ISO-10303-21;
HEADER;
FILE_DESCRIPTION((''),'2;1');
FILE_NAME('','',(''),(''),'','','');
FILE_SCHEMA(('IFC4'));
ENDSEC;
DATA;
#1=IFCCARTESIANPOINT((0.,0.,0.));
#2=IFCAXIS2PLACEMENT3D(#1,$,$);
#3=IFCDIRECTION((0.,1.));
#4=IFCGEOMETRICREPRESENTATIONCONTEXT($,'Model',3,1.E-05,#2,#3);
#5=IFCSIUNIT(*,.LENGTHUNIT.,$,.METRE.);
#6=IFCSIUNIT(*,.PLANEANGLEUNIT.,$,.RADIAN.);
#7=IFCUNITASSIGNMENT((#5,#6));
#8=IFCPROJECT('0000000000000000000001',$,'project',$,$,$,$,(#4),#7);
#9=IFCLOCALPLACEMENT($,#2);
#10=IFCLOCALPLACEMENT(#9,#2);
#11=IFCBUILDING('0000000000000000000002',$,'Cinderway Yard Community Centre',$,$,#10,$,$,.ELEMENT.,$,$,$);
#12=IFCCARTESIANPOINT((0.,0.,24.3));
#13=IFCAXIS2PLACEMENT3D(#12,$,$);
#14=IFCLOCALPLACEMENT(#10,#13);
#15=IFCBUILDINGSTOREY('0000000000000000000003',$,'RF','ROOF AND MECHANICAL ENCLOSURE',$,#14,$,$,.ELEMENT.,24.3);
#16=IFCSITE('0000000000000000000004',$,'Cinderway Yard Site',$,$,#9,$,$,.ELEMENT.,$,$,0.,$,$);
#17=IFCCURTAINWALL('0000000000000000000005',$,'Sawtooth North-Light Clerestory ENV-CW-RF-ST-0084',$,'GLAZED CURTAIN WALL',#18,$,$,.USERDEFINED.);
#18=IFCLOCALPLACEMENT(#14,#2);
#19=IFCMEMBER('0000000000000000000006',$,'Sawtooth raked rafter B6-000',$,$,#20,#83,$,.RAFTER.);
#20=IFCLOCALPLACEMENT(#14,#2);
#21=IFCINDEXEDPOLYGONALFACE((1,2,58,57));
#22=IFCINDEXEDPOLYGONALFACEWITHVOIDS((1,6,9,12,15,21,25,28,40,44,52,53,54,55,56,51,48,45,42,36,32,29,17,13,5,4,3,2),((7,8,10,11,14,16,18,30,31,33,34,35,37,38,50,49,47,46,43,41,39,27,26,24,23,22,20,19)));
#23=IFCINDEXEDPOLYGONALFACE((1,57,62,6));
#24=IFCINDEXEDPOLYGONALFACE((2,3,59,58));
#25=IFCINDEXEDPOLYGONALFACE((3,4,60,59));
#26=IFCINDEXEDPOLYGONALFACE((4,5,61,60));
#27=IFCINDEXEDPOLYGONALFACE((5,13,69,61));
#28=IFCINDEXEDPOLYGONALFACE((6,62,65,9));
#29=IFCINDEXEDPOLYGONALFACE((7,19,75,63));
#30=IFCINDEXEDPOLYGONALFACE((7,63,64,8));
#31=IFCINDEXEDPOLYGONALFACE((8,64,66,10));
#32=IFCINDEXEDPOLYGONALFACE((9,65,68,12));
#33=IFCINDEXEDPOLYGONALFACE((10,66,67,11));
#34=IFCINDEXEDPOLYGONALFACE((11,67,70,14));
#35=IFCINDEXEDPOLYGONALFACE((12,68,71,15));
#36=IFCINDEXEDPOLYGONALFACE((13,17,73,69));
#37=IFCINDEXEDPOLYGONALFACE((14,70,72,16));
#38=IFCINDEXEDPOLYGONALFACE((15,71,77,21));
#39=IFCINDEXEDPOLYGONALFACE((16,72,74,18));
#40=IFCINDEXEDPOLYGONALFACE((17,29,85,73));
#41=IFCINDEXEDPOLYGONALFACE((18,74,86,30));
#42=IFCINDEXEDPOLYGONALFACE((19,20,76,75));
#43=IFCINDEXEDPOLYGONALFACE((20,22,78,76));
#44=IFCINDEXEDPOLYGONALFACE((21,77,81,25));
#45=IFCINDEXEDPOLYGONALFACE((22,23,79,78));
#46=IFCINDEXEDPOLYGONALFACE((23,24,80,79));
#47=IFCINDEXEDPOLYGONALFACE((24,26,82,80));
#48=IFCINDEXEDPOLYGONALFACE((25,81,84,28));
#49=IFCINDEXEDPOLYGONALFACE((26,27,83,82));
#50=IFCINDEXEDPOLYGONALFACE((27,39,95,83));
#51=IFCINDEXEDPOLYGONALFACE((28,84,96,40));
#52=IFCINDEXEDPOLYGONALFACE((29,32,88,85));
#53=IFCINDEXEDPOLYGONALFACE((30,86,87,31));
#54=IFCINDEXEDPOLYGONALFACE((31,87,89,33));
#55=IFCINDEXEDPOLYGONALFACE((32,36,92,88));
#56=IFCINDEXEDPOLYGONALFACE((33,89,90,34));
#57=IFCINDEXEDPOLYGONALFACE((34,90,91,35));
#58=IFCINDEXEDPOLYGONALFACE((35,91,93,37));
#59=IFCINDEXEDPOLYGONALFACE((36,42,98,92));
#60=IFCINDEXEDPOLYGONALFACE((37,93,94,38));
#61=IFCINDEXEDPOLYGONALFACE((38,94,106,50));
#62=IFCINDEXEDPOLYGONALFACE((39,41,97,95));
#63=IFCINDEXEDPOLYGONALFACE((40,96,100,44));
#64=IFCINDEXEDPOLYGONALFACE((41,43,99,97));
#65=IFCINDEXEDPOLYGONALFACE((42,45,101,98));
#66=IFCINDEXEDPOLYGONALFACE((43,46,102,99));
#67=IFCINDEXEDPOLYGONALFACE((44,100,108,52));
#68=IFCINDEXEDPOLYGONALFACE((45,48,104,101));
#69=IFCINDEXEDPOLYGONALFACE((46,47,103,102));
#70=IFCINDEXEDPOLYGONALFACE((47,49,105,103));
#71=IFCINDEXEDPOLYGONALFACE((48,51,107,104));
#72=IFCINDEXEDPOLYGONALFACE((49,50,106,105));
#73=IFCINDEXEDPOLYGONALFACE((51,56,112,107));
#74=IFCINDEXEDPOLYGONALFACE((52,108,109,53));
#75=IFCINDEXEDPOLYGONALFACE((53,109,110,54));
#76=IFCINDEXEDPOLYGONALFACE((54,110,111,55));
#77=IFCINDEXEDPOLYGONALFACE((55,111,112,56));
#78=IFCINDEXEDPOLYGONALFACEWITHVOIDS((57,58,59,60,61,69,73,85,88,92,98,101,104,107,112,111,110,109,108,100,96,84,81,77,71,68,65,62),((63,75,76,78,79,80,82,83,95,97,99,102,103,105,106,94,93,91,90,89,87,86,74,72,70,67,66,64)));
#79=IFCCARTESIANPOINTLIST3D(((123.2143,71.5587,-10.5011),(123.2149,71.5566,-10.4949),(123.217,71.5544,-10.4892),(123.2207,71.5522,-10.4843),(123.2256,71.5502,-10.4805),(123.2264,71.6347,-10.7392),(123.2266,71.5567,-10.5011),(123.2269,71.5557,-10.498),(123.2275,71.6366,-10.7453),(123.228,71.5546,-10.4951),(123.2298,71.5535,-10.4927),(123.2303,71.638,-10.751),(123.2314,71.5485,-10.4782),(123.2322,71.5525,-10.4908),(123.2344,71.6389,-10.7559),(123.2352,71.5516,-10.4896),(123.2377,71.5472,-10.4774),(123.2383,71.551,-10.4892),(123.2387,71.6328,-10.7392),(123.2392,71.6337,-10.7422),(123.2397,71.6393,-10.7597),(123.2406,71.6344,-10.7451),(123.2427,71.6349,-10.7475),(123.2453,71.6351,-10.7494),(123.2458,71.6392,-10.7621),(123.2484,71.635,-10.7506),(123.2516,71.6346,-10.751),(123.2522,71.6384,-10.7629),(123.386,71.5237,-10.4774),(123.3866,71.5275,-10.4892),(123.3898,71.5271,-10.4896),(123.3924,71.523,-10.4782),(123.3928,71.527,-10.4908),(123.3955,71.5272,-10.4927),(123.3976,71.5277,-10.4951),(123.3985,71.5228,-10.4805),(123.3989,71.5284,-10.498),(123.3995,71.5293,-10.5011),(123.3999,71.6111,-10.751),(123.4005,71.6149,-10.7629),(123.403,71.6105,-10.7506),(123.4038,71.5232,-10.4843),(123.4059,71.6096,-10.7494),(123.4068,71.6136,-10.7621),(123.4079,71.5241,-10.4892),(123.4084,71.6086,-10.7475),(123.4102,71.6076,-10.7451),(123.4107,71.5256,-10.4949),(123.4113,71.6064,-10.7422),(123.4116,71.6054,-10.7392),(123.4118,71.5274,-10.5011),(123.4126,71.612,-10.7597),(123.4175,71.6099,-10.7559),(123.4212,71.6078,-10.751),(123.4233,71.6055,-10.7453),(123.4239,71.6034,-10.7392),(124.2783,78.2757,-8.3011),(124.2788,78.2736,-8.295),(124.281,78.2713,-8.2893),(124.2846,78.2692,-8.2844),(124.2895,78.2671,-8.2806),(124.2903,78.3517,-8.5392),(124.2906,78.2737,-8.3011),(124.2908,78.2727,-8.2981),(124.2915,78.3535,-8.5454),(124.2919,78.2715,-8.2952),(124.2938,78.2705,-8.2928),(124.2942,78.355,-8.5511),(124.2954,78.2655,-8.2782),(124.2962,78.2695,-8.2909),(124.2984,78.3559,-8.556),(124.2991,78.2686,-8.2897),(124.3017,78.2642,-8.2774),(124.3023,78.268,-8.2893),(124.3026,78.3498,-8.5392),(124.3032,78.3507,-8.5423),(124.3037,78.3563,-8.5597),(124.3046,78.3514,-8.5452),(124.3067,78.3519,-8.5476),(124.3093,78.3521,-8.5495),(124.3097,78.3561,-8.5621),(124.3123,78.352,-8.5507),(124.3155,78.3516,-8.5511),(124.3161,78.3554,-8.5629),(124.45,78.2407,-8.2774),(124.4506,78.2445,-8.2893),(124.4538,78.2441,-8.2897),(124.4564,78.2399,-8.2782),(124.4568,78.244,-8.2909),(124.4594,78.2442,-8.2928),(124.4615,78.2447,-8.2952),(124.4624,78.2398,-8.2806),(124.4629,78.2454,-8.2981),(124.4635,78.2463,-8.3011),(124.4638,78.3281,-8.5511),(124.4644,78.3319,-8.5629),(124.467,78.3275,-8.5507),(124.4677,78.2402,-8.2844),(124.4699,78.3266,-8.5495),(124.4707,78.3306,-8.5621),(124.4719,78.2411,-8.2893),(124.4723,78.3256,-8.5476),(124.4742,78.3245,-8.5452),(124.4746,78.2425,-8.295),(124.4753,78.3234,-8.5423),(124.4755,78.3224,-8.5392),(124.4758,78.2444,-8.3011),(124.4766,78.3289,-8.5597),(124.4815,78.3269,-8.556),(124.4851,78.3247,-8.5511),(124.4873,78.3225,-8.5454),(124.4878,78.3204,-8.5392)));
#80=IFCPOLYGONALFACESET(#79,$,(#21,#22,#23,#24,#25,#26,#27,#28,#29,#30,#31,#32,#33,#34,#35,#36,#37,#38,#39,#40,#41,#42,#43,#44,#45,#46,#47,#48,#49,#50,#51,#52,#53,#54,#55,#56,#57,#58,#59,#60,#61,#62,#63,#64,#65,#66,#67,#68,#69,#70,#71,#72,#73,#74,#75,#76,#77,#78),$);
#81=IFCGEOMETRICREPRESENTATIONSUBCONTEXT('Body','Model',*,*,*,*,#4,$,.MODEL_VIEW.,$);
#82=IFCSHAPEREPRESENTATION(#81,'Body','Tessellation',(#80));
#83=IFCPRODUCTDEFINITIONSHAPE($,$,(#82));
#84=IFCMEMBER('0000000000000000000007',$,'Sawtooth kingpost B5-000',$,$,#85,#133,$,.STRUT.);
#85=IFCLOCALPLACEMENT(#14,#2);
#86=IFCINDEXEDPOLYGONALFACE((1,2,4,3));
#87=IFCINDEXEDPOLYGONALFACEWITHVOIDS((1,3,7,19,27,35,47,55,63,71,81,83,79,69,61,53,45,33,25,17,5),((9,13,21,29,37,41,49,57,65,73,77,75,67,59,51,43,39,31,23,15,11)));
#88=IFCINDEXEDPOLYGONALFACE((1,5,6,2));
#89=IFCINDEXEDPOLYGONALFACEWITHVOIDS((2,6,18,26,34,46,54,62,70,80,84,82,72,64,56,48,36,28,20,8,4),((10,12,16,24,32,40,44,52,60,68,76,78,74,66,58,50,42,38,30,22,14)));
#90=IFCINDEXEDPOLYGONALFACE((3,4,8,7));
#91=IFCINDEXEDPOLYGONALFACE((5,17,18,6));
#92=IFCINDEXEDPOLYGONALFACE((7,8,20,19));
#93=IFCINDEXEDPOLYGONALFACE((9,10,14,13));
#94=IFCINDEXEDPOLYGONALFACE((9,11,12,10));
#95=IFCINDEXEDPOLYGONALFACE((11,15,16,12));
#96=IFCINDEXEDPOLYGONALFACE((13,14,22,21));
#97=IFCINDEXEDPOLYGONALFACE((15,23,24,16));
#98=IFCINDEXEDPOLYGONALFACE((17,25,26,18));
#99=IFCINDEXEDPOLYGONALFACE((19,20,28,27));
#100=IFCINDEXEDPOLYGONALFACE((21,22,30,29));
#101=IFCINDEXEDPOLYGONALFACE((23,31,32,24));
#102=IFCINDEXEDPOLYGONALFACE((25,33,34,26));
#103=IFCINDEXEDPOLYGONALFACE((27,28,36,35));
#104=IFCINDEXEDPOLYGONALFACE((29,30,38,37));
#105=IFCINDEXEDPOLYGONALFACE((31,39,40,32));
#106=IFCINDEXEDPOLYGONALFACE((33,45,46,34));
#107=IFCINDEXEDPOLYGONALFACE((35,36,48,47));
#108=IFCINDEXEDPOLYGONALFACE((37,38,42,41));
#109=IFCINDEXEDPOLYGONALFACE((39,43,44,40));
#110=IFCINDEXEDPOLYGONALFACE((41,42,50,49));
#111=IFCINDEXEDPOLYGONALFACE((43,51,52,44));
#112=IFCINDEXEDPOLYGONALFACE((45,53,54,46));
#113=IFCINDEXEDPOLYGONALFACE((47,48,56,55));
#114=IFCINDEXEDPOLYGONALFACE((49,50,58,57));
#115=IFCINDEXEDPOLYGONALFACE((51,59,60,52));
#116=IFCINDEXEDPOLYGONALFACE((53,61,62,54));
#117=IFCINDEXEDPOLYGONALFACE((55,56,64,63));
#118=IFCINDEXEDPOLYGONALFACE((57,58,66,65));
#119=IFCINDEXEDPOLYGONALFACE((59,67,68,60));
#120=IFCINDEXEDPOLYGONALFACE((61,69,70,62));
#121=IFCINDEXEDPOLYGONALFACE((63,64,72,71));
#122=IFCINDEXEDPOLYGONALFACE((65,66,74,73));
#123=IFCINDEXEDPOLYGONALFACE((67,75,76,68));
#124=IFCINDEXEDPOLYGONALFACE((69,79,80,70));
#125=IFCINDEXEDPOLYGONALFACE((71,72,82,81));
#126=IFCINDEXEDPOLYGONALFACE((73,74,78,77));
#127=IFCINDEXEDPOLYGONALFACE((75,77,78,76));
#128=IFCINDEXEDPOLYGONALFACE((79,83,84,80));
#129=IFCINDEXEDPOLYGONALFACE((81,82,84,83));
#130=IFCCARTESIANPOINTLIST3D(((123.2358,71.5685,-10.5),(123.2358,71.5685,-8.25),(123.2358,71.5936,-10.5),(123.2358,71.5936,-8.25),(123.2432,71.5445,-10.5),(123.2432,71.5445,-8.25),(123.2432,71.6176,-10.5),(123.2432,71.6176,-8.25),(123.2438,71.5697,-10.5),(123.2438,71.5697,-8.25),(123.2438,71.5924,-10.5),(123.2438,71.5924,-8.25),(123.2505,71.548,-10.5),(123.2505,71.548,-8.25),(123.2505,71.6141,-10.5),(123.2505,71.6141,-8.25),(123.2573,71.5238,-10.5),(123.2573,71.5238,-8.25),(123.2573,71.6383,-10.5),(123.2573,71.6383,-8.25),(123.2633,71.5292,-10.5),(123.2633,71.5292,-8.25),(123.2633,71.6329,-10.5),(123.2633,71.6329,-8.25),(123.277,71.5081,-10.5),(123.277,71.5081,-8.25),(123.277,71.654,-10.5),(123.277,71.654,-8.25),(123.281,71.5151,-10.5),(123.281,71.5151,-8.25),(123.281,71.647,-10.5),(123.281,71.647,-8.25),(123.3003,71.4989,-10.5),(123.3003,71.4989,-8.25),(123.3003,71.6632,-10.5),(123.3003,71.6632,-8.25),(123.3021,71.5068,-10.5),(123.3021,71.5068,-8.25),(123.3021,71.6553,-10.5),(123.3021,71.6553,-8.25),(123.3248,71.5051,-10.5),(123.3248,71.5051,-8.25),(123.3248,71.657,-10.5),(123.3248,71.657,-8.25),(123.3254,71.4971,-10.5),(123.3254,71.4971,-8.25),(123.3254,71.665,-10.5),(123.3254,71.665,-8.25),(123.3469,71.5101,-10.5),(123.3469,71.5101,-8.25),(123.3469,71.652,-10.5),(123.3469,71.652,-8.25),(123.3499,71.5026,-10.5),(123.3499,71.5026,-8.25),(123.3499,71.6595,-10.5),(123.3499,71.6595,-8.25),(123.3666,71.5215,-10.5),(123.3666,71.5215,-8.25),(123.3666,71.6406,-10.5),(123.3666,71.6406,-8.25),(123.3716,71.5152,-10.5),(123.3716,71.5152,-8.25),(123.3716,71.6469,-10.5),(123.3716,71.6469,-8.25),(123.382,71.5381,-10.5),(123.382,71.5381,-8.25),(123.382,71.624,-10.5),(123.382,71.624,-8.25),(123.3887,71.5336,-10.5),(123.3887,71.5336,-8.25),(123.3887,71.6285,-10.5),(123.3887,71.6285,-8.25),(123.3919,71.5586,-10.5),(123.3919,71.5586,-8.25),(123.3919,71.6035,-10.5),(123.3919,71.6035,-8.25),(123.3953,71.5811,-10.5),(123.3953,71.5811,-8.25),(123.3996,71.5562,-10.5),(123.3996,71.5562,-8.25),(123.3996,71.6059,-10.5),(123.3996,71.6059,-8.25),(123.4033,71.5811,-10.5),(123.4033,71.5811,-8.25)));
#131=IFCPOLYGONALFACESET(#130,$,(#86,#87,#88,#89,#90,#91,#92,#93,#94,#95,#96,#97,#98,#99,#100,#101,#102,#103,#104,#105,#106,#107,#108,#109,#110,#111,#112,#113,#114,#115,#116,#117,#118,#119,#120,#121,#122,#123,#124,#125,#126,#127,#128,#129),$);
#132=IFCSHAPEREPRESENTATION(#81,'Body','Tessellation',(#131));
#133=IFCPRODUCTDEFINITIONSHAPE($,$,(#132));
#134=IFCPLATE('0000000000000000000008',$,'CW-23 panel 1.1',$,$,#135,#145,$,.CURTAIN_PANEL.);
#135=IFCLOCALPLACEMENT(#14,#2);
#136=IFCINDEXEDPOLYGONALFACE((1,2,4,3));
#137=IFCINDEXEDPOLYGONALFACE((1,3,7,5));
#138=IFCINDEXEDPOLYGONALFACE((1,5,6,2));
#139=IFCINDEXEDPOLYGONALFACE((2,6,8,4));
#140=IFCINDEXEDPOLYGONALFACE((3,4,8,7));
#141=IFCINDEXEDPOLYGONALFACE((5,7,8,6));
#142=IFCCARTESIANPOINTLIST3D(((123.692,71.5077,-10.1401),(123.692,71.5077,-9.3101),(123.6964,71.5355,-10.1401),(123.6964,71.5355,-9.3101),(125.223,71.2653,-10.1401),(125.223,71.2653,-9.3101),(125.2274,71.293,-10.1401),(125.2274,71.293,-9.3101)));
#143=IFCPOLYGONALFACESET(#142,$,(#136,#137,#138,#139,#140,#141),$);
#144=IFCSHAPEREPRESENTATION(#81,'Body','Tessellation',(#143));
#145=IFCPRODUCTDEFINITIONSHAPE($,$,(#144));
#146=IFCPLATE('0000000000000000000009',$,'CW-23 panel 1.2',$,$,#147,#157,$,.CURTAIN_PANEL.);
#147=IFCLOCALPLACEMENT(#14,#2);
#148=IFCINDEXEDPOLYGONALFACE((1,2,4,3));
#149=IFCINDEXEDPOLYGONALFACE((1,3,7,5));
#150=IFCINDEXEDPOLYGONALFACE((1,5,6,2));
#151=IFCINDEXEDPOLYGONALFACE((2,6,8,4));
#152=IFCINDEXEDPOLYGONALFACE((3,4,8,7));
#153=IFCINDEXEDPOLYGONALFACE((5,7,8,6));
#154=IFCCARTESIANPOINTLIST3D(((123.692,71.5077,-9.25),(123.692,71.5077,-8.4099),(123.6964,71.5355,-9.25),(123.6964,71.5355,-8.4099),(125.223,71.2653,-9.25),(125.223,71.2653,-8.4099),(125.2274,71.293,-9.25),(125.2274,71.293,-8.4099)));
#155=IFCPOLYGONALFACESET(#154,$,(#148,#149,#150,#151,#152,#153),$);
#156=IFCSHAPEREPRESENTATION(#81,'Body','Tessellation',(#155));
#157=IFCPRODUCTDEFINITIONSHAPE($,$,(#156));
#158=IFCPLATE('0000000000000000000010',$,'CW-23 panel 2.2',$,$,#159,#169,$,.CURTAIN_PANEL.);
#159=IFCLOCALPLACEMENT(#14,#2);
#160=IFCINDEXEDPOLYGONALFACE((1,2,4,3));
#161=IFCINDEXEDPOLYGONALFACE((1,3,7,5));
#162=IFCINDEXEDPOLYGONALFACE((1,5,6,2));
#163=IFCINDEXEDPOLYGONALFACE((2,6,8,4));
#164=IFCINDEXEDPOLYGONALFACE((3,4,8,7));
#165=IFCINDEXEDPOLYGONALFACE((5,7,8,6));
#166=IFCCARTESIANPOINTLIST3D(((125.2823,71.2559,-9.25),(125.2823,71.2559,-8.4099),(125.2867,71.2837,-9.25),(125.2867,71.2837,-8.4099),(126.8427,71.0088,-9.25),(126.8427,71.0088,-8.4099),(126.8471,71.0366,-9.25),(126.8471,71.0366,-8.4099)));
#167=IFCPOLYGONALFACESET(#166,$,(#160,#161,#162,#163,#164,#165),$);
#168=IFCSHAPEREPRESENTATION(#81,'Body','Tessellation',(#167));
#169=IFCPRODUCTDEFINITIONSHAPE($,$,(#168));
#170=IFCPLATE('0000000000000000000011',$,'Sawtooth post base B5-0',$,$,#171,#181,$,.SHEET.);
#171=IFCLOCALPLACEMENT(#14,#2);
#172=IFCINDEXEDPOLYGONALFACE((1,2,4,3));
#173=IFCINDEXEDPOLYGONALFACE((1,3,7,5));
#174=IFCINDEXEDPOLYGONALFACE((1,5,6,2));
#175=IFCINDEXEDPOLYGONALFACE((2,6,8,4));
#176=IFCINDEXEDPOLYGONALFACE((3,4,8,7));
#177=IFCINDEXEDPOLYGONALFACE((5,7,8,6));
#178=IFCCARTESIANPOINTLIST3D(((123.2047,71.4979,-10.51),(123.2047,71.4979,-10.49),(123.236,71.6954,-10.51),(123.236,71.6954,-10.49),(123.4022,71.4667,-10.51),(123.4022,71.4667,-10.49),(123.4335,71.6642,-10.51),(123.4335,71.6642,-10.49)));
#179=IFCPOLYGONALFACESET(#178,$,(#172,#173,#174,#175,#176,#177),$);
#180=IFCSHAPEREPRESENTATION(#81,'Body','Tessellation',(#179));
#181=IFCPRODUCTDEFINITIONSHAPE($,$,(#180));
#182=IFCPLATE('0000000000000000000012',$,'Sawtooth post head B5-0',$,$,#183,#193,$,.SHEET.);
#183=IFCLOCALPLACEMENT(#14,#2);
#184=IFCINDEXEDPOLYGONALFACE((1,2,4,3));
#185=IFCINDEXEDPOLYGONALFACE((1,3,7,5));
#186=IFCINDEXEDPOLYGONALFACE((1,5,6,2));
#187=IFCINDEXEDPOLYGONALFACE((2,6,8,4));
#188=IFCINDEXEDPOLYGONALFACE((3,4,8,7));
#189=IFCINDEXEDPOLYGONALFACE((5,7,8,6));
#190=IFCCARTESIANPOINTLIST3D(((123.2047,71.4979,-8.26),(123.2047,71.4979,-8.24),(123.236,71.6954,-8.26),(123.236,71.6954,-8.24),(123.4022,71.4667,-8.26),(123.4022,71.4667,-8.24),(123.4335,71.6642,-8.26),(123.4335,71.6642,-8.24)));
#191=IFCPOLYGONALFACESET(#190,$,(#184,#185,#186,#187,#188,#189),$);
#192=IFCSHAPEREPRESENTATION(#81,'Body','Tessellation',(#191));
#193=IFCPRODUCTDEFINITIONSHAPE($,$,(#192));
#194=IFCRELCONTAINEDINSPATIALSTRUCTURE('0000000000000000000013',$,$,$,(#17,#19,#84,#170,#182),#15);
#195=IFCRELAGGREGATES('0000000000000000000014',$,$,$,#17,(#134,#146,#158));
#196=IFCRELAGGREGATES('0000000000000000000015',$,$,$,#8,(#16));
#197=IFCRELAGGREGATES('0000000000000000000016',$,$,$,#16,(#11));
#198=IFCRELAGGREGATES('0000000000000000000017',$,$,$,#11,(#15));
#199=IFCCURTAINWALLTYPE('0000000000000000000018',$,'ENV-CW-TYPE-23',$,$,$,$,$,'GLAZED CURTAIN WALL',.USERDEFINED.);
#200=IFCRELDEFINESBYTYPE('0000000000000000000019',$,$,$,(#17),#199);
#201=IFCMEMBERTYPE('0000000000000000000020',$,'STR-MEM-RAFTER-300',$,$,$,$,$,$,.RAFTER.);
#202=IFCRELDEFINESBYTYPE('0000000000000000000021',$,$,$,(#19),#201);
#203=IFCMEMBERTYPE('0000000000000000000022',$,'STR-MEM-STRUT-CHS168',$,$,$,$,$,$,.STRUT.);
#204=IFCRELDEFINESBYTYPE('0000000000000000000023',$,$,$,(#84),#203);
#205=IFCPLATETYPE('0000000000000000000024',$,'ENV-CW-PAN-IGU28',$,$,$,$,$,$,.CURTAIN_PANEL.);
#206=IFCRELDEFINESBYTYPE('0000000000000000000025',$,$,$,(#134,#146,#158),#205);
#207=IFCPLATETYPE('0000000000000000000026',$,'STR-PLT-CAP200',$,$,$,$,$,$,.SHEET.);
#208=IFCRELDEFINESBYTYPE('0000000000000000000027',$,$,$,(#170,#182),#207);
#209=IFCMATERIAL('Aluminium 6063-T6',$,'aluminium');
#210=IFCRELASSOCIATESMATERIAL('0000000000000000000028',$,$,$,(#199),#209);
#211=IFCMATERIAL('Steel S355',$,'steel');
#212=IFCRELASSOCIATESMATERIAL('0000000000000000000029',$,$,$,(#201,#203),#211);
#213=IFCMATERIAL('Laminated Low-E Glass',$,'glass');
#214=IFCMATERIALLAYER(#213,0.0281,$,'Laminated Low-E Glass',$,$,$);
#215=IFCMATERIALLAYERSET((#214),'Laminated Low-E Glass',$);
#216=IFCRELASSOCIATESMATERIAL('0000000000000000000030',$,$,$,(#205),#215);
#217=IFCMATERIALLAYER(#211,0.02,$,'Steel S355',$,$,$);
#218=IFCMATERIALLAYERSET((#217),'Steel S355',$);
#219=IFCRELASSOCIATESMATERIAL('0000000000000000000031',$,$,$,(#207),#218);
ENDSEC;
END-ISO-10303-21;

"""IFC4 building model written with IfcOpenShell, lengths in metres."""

from ifc_helpers import new_model, si_unit, direction, frame, origin, origin_2d, place, context, subcontext, project, spatial, rectangle, hollow_rectangle, hollow_circle, extrude, material, layer, layer_set, material_profile, profile_set, type_object, element, aggregate, save


model = new_model("IFC4")

# Units and contexts
model_context = context("Model", 3, precision=1e-05, world=origin(), true_north=direction((0.0, 1.0)))
body_context = subcontext(model_context, "Body", "Model", "MODEL_VIEW")
ifc_project = project(units=[si_unit("LENGTHUNIT", "METRE"), si_unit("PLANEANGLEUNIT", "RADIAN")], contexts=[model_context])

# Site, building, storey
site_placement = place(None, origin())
site = spatial("IfcSite", under=ifc_project, at=site_placement, Name="Cinderway Yard Site", CompositionType="ELEMENT", RefElevation=0.0)
building_placement = place(site_placement, origin())
building = spatial("IfcBuilding", under=site, at=building_placement, Name="Cinderway Yard Community Centre", CompositionType="ELEMENT")
storey_placement = place(building_placement, frame((0.0, 0.0, 24.3)))
storey = spatial("IfcBuildingStorey", under=building, at=storey_placement, Name="RF", Description="ROOF AND MECHANICAL ENCLOSURE", CompositionType="ELEMENT", Elevation=24.3)

# Shared definitions
ifc_material_1 = material(Name="Steel S355", Category="steel")

# Curtain wall
ifc_material_2 = material(Name="Aluminium 6063-T6", Category="aluminium")
curtain_wall_type = type_object("IfcCurtainWallType", Name="ENV-CW-TYPE-23", ElementType="GLAZED CURTAIN WALL", PredefinedType="USERDEFINED", material=ifc_material_2)
curtain_wall_placement = place(storey_placement, origin())
curtain_wall = element("IfcCurtainWall", 1, at=curtain_wall_placement, inside=storey, type_object=curtain_wall_type, Name="Sawtooth North-Light Clerestory ENV-CW-RF-ST-0084", ObjectType="GLAZED CURTAIN WALL", PredefinedType="USERDEFINED")

# Members
ifc_material_profile_1 = material_profile(ifc_material_1, hollow_rectangle(XDim=0.2, YDim=0.3, WallThickness=0.0125, InnerFilletRadius=0.0125, OuterFilletRadius=0.0249, at=origin_2d()), Name="Steel S355")
ifc_profile_set_1 = profile_set([ifc_material_profile_1], Name="Steel S355")
member_type_1 = type_object("IfcMemberType", Name="STR-MEM-RAFTER-300", PredefinedType="RAFTER", material=ifc_profile_set_1)
member_1_placement = place(storey_placement, frame((123.3191, 71.5811, -10.6201), z_axis=(0.148853, 0.939741, 0.307782), x_axis=(-0.987686, 0.156447, 0.0)))
element("IfcMember", 2, at=member_1_placement, inside=storey, type_object=member_type_1, Name="Sawtooth raked rafter B6-000", PredefinedType="RAFTER", context=body_context, shape_type="SweptSolid", body=[
    extrude(hollow_rectangle(XDim=0.2, YDim=0.3, WallThickness=0.0125, InnerFilletRadius=0.0125, OuterFilletRadius=0.0249, at=origin_2d()), origin(), (0.0, 0.0, 1.0), 7.1477),
])
ifc_material_profile_2 = material_profile(ifc_material_1, hollow_circle(Radius=0.0842, WallThickness=0.0081, at=origin_2d()), Name="Steel S355")
ifc_profile_set_2 = profile_set([ifc_material_profile_2], Name="Steel S355")
member_type_2 = type_object("IfcMemberType", Name="STR-MEM-STRUT-CHS168", PredefinedType="STRUT", material=ifc_profile_set_2)
member_2_placement = place(storey_placement, frame((123.3191, 71.5811, -10.5), z_axis=(0.0, 0.0, 1.0), x_axis=(1.0, 0.0, 0.0)))
element("IfcMember", 3, at=member_2_placement, inside=storey, type_object=member_type_2, Name="Sawtooth kingpost B5-000", PredefinedType="STRUT", context=body_context, shape_type="SweptSolid", body=[
    extrude(hollow_circle(Radius=0.0842, WallThickness=0.0081, at=origin_2d()), origin(), (0.0, 0.0, 1.0), 2.25),
])

# Plates
ifc_material_3 = material(Name="Laminated Low-E Glass", Category="glass")
ifc_layer_1 = layer(ifc_material_3, 0.0281, Name="Laminated Low-E Glass")
ifc_layer_set_1 = layer_set([ifc_layer_1], Name="Laminated Low-E Glass")
plate_type_1 = type_object("IfcPlateType", Name="ENV-CW-PAN-IGU28", PredefinedType="CURTAIN_PANEL", material=ifc_layer_set_1)
plate_1_placement = place(storey_placement, frame((124.4597, 71.4004, -10.1401), z_axis=(0.0, 0.0, 1.0), x_axis=(0.987692, -0.156409, 0.0)))
plate_1 = element("IfcPlate", 4, at=plate_1_placement, type_object=plate_type_1, Name="CW-23 panel 1.1", PredefinedType="CURTAIN_PANEL", context=body_context, shape_type="SweptSolid", body=[
    extrude(rectangle(XDim=1.55, YDim=0.0281, at=origin_2d()), origin(), (0.0, 0.0, 1.0), 0.8301),
])
plate_2_placement = place(storey_placement, frame((124.4597, 71.4004, -9.25), z_axis=(0.0, 0.0, 1.0), x_axis=(0.987692, -0.156409, 0.0)))
plate_2 = element("IfcPlate", 5, at=plate_2_placement, type_object=plate_type_1, Name="CW-23 panel 1.2", PredefinedType="CURTAIN_PANEL", context=body_context, shape_type="SweptSolid", body=[
    extrude(rectangle(XDim=1.55, YDim=0.0281, at=origin_2d()), origin(), (0.0, 0.0, 1.0), 0.8401),
])
plate_3_placement = place(storey_placement, frame((126.0647, 71.1462, -9.25), z_axis=(0.0, 0.0, 1.0), x_axis=(0.987692, -0.156409, 0.0)))
plate_3 = element("IfcPlate", 6, at=plate_3_placement, type_object=plate_type_1, Name="CW-23 panel 2.2", PredefinedType="CURTAIN_PANEL", context=body_context, shape_type="SweptSolid", body=[
    extrude(rectangle(XDim=1.5798, YDim=0.0281, at=origin_2d()), origin(), (0.0, 0.0, 1.0), 0.8401),
])
aggregate(curtain_wall, [plate_1, plate_2, plate_3])

# Plates
ifc_layer_2 = layer(ifc_material_1, 0.02, Name="Steel S355")
ifc_layer_set_2 = layer_set([ifc_layer_2], Name="Steel S355")
plate_type_2 = type_object("IfcPlateType", Name="STR-PLT-CAP200", PredefinedType="SHEET", material=ifc_layer_set_2)
for number, where, z_axis, x_axis, name in (
    (7, (123.3191, 71.5811, -10.51), (0.0, 0.0, 1.0), (0.987688, -0.156434, 0.0), "Sawtooth post base B5-0"),
    (8, (123.3191, 71.5811, -8.26), (0.0, 0.0, 1.0), (0.987688, -0.156434, 0.0), "Sawtooth post head B5-0"),
):
    element("IfcPlate", number, at=place(storey_placement, frame(where, z_axis=z_axis, x_axis=x_axis)), inside=storey, type_object=plate_type_2, Name=name, PredefinedType="SHEET", context=body_context, shape_type="SweptSolid", body=[
        extrude(rectangle(XDim=0.2, YDim=0.2, at=origin_2d()), origin(), (0.0, 0.0, 1.0), 0.02),
    ])

save(model, "model.ifc")
